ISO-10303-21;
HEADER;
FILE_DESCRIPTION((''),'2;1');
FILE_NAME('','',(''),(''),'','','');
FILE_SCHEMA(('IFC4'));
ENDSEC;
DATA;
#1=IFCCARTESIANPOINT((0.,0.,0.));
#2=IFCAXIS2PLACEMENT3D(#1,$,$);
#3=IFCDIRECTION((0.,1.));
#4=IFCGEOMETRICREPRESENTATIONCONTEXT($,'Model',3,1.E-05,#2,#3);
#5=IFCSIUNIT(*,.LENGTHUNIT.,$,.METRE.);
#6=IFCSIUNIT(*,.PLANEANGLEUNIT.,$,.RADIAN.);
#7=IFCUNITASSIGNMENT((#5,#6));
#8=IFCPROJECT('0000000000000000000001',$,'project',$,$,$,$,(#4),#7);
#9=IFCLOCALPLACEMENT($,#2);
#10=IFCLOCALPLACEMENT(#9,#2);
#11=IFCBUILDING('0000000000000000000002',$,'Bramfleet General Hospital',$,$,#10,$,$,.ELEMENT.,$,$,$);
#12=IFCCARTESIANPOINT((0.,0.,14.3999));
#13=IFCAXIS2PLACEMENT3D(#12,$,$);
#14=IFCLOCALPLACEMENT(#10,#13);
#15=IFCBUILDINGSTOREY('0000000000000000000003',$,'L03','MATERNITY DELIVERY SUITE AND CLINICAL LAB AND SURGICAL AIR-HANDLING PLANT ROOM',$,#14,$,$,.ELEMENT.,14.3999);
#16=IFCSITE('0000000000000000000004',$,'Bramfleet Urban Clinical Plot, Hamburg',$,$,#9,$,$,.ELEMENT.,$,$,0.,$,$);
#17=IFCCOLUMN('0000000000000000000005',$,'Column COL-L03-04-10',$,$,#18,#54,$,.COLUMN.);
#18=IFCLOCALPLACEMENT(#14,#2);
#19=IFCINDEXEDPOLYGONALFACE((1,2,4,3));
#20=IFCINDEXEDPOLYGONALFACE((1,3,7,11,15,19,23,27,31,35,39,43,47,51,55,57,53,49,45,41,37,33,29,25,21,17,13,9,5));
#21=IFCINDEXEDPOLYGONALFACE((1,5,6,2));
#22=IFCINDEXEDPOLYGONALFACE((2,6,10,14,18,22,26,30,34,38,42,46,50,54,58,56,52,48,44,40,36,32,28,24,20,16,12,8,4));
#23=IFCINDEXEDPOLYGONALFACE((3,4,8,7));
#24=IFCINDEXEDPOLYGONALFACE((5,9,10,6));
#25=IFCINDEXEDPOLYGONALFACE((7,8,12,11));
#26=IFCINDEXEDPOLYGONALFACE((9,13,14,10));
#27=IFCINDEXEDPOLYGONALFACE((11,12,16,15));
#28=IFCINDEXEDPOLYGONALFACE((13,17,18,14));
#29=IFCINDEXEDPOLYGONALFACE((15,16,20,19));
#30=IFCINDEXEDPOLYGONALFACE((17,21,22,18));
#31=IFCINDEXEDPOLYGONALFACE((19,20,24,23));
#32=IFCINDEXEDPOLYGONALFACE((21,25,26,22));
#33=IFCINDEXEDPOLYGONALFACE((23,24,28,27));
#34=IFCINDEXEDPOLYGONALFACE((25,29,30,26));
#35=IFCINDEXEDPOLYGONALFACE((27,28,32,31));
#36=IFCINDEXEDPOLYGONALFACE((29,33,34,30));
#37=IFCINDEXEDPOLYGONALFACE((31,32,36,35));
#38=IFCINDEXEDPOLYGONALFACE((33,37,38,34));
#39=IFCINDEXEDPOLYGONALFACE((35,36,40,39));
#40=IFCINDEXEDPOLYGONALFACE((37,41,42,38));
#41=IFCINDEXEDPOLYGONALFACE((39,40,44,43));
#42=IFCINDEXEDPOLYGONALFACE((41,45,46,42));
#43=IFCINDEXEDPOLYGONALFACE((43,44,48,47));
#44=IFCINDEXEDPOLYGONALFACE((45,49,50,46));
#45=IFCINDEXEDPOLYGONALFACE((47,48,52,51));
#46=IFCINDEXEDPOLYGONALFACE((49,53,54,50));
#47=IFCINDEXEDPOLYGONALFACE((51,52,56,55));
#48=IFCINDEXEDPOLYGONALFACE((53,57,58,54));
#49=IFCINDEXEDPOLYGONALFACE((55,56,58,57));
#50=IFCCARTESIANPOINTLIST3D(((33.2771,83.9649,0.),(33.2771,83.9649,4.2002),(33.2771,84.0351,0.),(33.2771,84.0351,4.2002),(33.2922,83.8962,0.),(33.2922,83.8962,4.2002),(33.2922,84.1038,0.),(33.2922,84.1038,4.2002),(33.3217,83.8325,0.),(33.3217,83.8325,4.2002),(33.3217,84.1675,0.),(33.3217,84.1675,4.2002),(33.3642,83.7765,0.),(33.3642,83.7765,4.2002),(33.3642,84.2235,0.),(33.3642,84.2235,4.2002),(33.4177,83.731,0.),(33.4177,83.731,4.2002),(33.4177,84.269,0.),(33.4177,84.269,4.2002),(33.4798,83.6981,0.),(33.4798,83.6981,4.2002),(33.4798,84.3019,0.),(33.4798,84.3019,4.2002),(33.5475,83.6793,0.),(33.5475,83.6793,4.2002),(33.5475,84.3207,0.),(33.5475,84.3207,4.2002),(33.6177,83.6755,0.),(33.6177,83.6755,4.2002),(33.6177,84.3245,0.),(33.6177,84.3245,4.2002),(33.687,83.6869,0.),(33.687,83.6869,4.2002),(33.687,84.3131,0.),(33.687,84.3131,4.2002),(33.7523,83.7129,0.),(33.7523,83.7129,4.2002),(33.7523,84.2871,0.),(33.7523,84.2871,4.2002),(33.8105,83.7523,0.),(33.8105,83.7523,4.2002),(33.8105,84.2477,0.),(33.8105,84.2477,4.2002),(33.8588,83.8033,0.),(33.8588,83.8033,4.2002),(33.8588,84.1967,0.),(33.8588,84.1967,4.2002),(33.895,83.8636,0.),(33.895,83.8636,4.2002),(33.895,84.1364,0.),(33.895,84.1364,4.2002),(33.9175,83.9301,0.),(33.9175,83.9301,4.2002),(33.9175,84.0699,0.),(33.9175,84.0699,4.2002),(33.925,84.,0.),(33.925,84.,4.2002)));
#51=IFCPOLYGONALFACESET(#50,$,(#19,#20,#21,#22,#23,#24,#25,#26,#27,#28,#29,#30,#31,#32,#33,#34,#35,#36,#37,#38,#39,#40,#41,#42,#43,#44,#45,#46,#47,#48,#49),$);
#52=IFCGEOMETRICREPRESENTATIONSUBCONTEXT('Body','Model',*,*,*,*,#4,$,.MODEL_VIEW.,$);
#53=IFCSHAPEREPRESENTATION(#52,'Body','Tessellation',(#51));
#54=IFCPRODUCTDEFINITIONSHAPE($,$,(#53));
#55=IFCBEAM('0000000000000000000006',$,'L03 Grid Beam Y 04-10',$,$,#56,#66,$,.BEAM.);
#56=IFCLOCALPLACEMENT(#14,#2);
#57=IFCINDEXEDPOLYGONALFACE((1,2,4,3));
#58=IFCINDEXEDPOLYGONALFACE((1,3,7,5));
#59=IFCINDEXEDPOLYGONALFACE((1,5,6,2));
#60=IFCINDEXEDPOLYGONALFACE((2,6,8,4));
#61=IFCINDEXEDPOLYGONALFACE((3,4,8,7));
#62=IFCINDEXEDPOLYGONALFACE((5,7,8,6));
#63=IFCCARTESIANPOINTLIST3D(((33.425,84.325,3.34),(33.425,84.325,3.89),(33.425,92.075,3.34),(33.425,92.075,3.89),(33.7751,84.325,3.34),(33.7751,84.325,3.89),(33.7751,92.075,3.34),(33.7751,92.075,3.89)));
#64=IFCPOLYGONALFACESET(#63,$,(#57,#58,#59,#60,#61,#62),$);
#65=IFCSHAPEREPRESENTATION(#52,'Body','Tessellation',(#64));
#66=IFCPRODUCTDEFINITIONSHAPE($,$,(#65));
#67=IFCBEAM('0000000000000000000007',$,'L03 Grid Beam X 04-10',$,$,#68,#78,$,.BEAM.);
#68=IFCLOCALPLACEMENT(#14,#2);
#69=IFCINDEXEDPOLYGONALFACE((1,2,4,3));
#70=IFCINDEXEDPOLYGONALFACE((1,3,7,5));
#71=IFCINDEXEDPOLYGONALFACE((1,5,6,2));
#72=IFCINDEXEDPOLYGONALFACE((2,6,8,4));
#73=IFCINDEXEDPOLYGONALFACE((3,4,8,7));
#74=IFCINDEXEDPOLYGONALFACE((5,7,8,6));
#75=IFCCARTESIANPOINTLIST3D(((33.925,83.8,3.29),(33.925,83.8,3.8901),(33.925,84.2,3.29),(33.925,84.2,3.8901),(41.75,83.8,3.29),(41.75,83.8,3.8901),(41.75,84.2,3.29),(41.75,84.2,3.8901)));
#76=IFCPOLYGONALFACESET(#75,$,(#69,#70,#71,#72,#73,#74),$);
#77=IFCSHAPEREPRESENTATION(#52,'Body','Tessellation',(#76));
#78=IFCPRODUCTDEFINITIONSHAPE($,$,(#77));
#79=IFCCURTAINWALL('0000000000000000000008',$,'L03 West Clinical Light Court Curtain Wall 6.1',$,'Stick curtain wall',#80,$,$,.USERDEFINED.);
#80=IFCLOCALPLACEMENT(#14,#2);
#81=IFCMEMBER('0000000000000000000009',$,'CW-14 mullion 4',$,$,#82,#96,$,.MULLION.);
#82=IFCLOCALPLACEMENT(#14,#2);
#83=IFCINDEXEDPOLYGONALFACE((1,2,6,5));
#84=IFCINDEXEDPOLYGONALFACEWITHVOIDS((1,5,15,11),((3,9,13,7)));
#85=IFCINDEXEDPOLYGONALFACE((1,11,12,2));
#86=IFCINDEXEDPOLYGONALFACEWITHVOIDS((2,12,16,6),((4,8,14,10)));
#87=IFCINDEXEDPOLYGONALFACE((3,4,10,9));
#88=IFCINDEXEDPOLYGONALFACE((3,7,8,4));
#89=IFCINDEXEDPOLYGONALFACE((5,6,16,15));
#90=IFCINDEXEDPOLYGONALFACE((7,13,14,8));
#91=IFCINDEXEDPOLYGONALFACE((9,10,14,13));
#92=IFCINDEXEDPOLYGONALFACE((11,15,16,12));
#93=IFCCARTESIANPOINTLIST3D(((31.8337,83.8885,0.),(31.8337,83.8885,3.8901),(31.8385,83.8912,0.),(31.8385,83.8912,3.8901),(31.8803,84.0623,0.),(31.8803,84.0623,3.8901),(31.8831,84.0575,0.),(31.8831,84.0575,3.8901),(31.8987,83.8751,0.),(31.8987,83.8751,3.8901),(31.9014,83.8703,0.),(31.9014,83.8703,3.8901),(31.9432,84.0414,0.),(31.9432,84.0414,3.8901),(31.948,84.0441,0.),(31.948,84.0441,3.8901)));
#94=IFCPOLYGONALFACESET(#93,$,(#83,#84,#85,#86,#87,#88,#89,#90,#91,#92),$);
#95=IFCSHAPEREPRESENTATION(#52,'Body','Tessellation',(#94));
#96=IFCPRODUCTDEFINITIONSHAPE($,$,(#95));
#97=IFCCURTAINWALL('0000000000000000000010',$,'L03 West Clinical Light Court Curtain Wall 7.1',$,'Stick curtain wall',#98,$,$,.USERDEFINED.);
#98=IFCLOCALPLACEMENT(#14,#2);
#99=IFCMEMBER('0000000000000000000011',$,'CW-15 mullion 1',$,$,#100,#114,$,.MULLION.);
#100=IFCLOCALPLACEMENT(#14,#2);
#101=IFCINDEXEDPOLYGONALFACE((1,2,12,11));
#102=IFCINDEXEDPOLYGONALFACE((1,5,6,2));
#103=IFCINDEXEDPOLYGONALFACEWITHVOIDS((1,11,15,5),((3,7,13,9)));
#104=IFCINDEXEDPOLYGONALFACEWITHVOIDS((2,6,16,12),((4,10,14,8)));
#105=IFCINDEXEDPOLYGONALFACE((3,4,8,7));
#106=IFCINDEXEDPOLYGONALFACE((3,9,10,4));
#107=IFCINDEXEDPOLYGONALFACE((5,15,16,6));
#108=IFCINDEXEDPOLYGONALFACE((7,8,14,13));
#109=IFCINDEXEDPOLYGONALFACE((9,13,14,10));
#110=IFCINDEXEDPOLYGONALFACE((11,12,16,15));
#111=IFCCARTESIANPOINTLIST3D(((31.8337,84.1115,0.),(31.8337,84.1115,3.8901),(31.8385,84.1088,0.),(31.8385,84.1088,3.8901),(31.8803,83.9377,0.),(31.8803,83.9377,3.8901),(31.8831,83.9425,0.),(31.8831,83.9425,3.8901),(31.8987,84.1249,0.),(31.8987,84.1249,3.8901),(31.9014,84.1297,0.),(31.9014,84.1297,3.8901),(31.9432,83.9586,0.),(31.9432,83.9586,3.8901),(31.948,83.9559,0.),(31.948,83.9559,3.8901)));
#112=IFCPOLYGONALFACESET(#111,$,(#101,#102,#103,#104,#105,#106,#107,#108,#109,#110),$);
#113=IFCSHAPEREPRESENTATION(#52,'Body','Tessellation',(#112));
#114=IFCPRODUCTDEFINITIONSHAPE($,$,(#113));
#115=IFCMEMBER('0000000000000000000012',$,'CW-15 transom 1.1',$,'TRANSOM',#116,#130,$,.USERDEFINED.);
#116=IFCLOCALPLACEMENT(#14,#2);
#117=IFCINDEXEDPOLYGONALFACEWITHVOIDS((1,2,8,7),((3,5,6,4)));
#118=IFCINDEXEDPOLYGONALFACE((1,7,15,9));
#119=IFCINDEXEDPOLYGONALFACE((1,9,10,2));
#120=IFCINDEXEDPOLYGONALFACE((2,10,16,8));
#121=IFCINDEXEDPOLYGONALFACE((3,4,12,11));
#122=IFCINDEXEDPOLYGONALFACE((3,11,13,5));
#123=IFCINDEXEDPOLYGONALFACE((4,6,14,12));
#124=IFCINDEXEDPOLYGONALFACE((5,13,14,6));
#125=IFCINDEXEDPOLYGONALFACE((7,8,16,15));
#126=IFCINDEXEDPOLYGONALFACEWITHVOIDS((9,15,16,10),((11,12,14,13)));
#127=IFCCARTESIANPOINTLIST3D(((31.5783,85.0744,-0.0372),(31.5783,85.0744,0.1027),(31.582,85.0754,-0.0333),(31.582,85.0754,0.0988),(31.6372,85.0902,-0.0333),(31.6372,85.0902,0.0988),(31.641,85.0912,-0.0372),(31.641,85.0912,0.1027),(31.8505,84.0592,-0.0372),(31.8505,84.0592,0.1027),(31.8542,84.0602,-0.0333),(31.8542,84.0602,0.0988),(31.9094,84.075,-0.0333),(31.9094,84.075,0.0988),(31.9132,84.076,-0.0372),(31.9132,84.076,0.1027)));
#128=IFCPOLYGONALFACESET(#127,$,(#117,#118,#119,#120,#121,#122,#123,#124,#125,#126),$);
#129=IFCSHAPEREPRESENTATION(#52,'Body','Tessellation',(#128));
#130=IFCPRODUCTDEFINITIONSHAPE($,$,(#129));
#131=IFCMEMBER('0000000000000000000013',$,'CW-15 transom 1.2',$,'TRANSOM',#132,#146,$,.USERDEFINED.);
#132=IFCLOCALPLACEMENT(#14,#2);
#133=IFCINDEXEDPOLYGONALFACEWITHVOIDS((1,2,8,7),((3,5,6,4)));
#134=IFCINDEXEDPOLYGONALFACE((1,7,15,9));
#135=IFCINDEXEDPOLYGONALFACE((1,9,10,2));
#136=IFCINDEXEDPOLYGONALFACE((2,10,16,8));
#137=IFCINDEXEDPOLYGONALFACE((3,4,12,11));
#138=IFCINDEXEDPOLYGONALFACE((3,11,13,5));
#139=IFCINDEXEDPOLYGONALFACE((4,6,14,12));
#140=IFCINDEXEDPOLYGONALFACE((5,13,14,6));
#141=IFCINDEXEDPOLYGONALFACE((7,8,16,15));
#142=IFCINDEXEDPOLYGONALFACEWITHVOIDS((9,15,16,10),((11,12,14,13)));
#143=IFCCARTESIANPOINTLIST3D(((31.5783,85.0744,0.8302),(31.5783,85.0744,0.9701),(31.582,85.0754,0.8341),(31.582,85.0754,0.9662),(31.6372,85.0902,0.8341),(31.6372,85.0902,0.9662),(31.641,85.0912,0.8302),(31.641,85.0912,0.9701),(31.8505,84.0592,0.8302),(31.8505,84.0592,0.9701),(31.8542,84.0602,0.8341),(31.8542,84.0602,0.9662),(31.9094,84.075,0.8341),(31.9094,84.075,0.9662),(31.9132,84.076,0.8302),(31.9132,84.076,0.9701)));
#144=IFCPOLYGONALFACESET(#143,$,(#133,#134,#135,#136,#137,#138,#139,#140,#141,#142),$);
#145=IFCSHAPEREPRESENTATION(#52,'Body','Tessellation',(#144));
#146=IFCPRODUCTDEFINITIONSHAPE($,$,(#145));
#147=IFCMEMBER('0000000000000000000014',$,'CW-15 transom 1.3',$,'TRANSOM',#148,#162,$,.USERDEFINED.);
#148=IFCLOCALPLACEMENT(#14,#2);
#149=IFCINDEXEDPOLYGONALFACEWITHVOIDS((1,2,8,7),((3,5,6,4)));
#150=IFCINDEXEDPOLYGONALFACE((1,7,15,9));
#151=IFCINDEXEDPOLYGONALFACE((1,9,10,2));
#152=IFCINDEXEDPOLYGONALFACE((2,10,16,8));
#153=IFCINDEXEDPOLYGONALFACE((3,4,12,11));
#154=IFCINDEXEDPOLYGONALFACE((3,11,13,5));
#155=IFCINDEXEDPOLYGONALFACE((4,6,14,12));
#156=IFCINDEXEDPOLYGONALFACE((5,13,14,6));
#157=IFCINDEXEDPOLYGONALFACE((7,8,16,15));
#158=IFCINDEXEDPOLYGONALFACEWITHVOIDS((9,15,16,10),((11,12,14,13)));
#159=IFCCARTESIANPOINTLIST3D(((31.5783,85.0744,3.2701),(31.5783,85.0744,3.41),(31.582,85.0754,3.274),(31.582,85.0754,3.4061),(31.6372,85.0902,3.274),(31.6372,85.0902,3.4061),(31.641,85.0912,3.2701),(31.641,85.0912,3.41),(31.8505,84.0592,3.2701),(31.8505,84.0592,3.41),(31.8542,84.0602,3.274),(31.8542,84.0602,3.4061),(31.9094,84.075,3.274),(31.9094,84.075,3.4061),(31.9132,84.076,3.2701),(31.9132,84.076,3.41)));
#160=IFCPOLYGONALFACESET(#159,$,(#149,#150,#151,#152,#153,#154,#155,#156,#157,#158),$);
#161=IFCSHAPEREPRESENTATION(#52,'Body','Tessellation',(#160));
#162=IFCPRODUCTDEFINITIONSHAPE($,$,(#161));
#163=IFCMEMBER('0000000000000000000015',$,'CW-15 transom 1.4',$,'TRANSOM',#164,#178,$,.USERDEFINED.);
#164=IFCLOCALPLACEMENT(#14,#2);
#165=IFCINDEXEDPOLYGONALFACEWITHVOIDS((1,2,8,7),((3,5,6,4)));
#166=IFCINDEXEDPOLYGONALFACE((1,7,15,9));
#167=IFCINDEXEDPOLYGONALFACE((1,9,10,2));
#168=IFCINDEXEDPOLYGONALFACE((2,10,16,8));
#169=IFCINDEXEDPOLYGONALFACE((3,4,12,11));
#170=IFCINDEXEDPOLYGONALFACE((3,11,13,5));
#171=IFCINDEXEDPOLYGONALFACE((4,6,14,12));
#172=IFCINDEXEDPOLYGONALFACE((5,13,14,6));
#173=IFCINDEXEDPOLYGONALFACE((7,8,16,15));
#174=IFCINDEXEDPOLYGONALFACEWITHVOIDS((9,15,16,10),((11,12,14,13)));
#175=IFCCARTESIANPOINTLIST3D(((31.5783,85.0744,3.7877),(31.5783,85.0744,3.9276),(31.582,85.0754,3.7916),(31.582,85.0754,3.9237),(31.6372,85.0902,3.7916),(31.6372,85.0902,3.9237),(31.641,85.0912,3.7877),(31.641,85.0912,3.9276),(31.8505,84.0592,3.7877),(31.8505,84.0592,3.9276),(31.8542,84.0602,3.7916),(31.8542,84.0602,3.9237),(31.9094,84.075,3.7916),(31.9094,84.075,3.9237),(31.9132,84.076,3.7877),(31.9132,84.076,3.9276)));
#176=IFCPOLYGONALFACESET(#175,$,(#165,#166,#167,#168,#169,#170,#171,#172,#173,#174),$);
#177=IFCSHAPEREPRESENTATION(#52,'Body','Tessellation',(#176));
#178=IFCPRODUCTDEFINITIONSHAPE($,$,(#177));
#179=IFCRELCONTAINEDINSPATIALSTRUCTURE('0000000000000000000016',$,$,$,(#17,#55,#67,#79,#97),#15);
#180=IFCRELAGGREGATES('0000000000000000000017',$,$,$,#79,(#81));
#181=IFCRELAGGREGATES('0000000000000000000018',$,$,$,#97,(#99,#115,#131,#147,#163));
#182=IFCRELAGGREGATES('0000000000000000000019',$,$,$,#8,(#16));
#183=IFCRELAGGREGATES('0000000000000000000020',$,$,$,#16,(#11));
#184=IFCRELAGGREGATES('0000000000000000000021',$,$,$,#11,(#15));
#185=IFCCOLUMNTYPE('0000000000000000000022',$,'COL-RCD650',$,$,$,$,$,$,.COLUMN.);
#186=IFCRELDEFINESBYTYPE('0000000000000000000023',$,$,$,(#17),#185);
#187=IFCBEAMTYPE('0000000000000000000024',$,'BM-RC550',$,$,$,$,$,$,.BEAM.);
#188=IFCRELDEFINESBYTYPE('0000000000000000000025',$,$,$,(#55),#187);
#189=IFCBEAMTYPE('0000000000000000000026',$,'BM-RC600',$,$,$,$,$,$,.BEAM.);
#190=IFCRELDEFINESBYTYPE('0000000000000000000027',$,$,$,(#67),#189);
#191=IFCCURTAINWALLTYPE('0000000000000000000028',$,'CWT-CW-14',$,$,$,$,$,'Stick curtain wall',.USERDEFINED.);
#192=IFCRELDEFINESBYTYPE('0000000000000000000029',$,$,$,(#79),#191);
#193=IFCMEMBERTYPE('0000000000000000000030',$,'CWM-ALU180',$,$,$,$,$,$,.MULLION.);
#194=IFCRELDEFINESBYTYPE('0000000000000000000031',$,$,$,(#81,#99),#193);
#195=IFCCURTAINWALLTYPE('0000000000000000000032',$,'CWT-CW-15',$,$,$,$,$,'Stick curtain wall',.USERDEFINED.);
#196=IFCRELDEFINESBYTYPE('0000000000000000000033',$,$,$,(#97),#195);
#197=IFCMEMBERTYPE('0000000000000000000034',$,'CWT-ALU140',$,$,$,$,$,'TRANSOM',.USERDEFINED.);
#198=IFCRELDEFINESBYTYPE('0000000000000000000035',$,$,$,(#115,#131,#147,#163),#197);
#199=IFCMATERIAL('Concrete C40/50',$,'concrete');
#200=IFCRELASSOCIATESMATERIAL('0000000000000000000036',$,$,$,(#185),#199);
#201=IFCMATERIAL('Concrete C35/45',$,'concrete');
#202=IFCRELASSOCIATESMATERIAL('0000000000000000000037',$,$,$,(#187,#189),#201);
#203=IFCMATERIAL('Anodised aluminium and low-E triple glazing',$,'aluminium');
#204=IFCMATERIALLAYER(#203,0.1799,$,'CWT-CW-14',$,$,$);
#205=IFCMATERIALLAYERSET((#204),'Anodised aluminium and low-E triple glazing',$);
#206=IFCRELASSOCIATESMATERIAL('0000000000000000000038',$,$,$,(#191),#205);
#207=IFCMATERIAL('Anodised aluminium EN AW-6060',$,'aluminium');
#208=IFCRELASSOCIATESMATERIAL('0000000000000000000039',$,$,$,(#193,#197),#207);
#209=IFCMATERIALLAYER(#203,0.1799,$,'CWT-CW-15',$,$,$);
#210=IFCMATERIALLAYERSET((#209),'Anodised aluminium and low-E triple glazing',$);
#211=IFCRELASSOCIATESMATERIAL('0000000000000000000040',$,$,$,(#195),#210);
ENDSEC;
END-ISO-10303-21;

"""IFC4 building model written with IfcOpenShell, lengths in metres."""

from ifc_helpers import new_model, si_unit, direction, frame, origin, origin_2d, place, context, subcontext, project, spatial, rectangle, hollow_rectangle, circle, extrude, material, layer, layer_set, material_profile, profile_set, type_object, element, aggregate, save


model = new_model("IFC4")

# Units and contexts
model_context = context("Model", 3, precision=1e-05, world=origin(), true_north=direction((0.0, 1.0)))
body_context = subcontext(model_context, "Body", "Model", "MODEL_VIEW")
ifc_project = project(units=[si_unit("LENGTHUNIT", "METRE"), si_unit("PLANEANGLEUNIT", "RADIAN")], contexts=[model_context])

# Site, building, storey
site_placement = place(None, origin())
site = spatial("IfcSite", under=ifc_project, at=site_placement, Name="Bramfleet Urban Clinical Plot, Hamburg", CompositionType="ELEMENT", RefElevation=0.0)
building_placement = place(site_placement, origin())
building = spatial("IfcBuilding", under=site, at=building_placement, Name="Bramfleet General Hospital", CompositionType="ELEMENT")
storey_placement = place(building_placement, frame((0.0, 0.0, 14.3999)))
storey = spatial("IfcBuildingStorey", under=building, at=storey_placement, Name="L03", Description="MATERNITY DELIVERY SUITE AND CLINICAL LAB AND SURGICAL AIR-HANDLING PLANT ROOM", CompositionType="ELEMENT", Elevation=14.3999)

# Column
ifc_material_1 = material(Name="Concrete C40/50", Category="concrete")
ifc_material_profile_1 = material_profile(ifc_material_1, circle(Radius=0.325, at=origin_2d()), Name="RC ROUND D650")
ifc_profile_set_1 = profile_set([ifc_material_profile_1], Name="Concrete C40/50")
column_type = type_object("IfcColumnType", Name="COL-RCD650", PredefinedType="COLUMN", material=ifc_profile_set_1)
column_placement = place(storey_placement, frame((33.6001, 84.0, 0.0), z_axis=(0.0, 0.0, 1.0), x_axis=(1.0, 0.0, 0.0)))
element("IfcColumn", 1, at=column_placement, inside=storey, type_object=column_type, Name="Column COL-L03-04-10", PredefinedType="COLUMN", context=body_context, shape_type="SweptSolid", body=[
    extrude(circle(Radius=0.325, at=origin_2d()), origin(), (0.0, 0.0, 1.0), 4.2002),
])

# Beams
ifc_material_2 = material(Name="Concrete C35/45", Category="concrete")
ifc_material_profile_2 = material_profile(ifc_material_2, rectangle(XDim=0.3501, YDim=0.55, at=origin_2d()), Name="RC BM 550x350")
ifc_profile_set_2 = profile_set([ifc_material_profile_2], Name="Concrete C35/45")
beam_type_1 = type_object("IfcBeamType", Name="BM-RC550", PredefinedType="BEAM", material=ifc_profile_set_2)
beam_1_placement = place(storey_placement, frame((33.6001, 84.325, 3.615), z_axis=(0.0, 1.0, 0.0), x_axis=(-1.0, 0.0, 0.0)))
element("IfcBeam", 2, at=beam_1_placement, inside=storey, type_object=beam_type_1, Name="L03 Grid Beam Y 04-10", PredefinedType="BEAM", context=body_context, shape_type="SweptSolid", body=[
    extrude(rectangle(XDim=0.3501, YDim=0.55, at=origin_2d()), origin(), (0.0, 0.0, 1.0), 7.75),
])
ifc_material_profile_3 = material_profile(ifc_material_2, rectangle(XDim=0.3999, YDim=0.6001, at=origin_2d()), Name="RC BM 600x400")
ifc_profile_set_3 = profile_set([ifc_material_profile_3], Name="Concrete C35/45")
beam_type_2 = type_object("IfcBeamType", Name="BM-RC600", PredefinedType="BEAM", material=ifc_profile_set_3)
beam_2_placement = place(storey_placement, frame((33.925, 84.0, 3.5901), z_axis=(1.0, 0.0, 0.0), x_axis=(0.0, 1.0, 0.0)))
element("IfcBeam", 3, at=beam_2_placement, inside=storey, type_object=beam_type_2, Name="L03 Grid Beam X 04-10", PredefinedType="BEAM", context=body_context, shape_type="SweptSolid", body=[
    extrude(rectangle(XDim=0.3999, YDim=0.6001, at=origin_2d()), origin(), (0.0, 0.0, 1.0), 7.825),
])

# Curtain wall, member
ifc_material_3 = material(Name="Anodised aluminium and low-E triple glazing", Category="aluminium")
ifc_layer_1 = layer(ifc_material_3, 0.1799, Name="CWT-CW-14")
ifc_layer_set_1 = layer_set([ifc_layer_1], Name="Anodised aluminium and low-E triple glazing")
curtain_wall_type_1 = type_object("IfcCurtainWallType", Name="CWT-CW-14", ElementType="Stick curtain wall", PredefinedType="USERDEFINED", material=ifc_layer_set_1)
curtain_wall_1_placement = place(storey_placement, origin())
curtain_wall_1 = element("IfcCurtainWall", 4, at=curtain_wall_1_placement, inside=storey, type_object=curtain_wall_type_1, Name="L03 West Clinical Light Court Curtain Wall 6.1", ObjectType="Stick curtain wall", PredefinedType="USERDEFINED")
ifc_material_4 = material(Name="Anodised aluminium EN AW-6060", Category="aluminium")
ifc_material_profile_4 = material_profile(ifc_material_4, hollow_rectangle(XDim=0.0701, YDim=0.1799, WallThickness=0.0039, at=origin_2d()), Name="ALU 180x70x4.0")
ifc_profile_set_4 = profile_set([ifc_material_profile_4], Name="Anodised aluminium EN AW-6060")
member_type_1 = type_object("IfcMemberType", Name="CWM-ALU180", PredefinedType="MULLION", material=ifc_profile_set_4)
member_1_placement = place(storey_placement, frame((31.8909, 83.9663, 0.0), z_axis=(0.0, 0.0, 1.0), x_axis=(-0.965899, 0.258919, 0.0)))
member_1 = element("IfcMember", 5, at=member_1_placement, type_object=member_type_1, Name="CW-14 mullion 4", PredefinedType="MULLION", context=body_context, shape_type="SweptSolid", body=[
    extrude(hollow_rectangle(XDim=0.0701, YDim=0.1799, WallThickness=0.0039, at=origin_2d()), origin(), (0.0, 0.0, 1.0), 3.8901),
])
aggregate(curtain_wall_1, [member_1])

# Curtain wall, members
ifc_layer_2 = layer(ifc_material_3, 0.1799, Name="CWT-CW-15")
ifc_layer_set_2 = layer_set([ifc_layer_2], Name="Anodised aluminium and low-E triple glazing")
curtain_wall_type_2 = type_object("IfcCurtainWallType", Name="CWT-CW-15", ElementType="Stick curtain wall", PredefinedType="USERDEFINED", material=ifc_layer_set_2)
curtain_wall_2_placement = place(storey_placement, origin())
curtain_wall_2 = element("IfcCurtainWall", 6, at=curtain_wall_2_placement, inside=storey, type_object=curtain_wall_type_2, Name="L03 West Clinical Light Court Curtain Wall 7.1", ObjectType="Stick curtain wall", PredefinedType="USERDEFINED")
member_2_placement = place(storey_placement, frame((31.8909, 84.0337, 0.0), z_axis=(0.0, 0.0, 1.0), x_axis=(-0.965899, -0.258919, 0.0)))
member_2 = element("IfcMember", 7, at=member_2_placement, type_object=member_type_1, Name="CW-15 mullion 1", PredefinedType="MULLION", context=body_context, shape_type="SweptSolid", body=[
    extrude(hollow_rectangle(XDim=0.0701, YDim=0.1799, WallThickness=0.0039, at=origin_2d()), origin(), (0.0, 0.0, 1.0), 3.8901),
])
ifc_material_profile_5 = material_profile(ifc_material_4, hollow_rectangle(XDim=0.0649, YDim=0.1399, WallThickness=0.0039, at=origin_2d()), Name="ALU 140x65x4.0")
ifc_profile_set_5 = profile_set([ifc_material_profile_5], Name="Anodised aluminium EN AW-6060")
member_type_2 = type_object("IfcMemberType", Name="CWT-ALU140", ElementType="TRANSOM", PredefinedType="USERDEFINED", material=ifc_profile_set_5)
member_3_placement = place(storey_placement, frame((31.8818, 84.0676, 0.0327), z_axis=(-0.259007, 0.965875, 0.0), x_axis=(-0.965875, -0.259007, 0.0)))
member_3 = element("IfcMember", 8, at=member_3_placement, type_object=member_type_2, Name="CW-15 transom 1.1", ObjectType="TRANSOM", PredefinedType="USERDEFINED", context=body_context, shape_type="SweptSolid", body=[
    extrude(hollow_rectangle(XDim=0.0649, YDim=0.1399, WallThickness=0.0039, at=origin_2d()), origin(), (0.0, 0.0, 1.0), 1.051),
])
member_4_placement = place(storey_placement, frame((31.8818, 84.0676, 0.9001), z_axis=(-0.259007, 0.965875, 0.0), x_axis=(-0.965875, -0.259007, 0.0)))
member_4 = element("IfcMember", 9, at=member_4_placement, type_object=member_type_2, Name="CW-15 transom 1.2", ObjectType="TRANSOM", PredefinedType="USERDEFINED", context=body_context, shape_type="SweptSolid", body=[
    extrude(hollow_rectangle(XDim=0.0649, YDim=0.1399, WallThickness=0.0039, at=origin_2d()), origin(), (0.0, 0.0, 1.0), 1.051),
])
member_5_placement = place(storey_placement, frame((31.8818, 84.0676, 3.3401), z_axis=(-0.259007, 0.965875, 0.0), x_axis=(-0.965875, -0.259007, 0.0)))
member_5 = element("IfcMember", 10, at=member_5_placement, type_object=member_type_2, Name="CW-15 transom 1.3", ObjectType="TRANSOM", PredefinedType="USERDEFINED", context=body_context, shape_type="SweptSolid", body=[
    extrude(hollow_rectangle(XDim=0.0649, YDim=0.1399, WallThickness=0.0039, at=origin_2d()), origin(), (0.0, 0.0, 1.0), 1.051),
])
member_6_placement = place(storey_placement, frame((31.8818, 84.0676, 3.8577), z_axis=(-0.259007, 0.965875, 0.0), x_axis=(-0.965875, -0.259007, 0.0)))
member_6 = element("IfcMember", 11, at=member_6_placement, type_object=member_type_2, Name="CW-15 transom 1.4", ObjectType="TRANSOM", PredefinedType="USERDEFINED", context=body_context, shape_type="SweptSolid", body=[
    extrude(hollow_rectangle(XDim=0.0649, YDim=0.1399, WallThickness=0.0039, at=origin_2d()), origin(), (0.0, 0.0, 1.0), 1.051),
])
aggregate(curtain_wall_2, [member_2, member_3, member_4, member_5, member_6])

save(model, "model.ifc")
